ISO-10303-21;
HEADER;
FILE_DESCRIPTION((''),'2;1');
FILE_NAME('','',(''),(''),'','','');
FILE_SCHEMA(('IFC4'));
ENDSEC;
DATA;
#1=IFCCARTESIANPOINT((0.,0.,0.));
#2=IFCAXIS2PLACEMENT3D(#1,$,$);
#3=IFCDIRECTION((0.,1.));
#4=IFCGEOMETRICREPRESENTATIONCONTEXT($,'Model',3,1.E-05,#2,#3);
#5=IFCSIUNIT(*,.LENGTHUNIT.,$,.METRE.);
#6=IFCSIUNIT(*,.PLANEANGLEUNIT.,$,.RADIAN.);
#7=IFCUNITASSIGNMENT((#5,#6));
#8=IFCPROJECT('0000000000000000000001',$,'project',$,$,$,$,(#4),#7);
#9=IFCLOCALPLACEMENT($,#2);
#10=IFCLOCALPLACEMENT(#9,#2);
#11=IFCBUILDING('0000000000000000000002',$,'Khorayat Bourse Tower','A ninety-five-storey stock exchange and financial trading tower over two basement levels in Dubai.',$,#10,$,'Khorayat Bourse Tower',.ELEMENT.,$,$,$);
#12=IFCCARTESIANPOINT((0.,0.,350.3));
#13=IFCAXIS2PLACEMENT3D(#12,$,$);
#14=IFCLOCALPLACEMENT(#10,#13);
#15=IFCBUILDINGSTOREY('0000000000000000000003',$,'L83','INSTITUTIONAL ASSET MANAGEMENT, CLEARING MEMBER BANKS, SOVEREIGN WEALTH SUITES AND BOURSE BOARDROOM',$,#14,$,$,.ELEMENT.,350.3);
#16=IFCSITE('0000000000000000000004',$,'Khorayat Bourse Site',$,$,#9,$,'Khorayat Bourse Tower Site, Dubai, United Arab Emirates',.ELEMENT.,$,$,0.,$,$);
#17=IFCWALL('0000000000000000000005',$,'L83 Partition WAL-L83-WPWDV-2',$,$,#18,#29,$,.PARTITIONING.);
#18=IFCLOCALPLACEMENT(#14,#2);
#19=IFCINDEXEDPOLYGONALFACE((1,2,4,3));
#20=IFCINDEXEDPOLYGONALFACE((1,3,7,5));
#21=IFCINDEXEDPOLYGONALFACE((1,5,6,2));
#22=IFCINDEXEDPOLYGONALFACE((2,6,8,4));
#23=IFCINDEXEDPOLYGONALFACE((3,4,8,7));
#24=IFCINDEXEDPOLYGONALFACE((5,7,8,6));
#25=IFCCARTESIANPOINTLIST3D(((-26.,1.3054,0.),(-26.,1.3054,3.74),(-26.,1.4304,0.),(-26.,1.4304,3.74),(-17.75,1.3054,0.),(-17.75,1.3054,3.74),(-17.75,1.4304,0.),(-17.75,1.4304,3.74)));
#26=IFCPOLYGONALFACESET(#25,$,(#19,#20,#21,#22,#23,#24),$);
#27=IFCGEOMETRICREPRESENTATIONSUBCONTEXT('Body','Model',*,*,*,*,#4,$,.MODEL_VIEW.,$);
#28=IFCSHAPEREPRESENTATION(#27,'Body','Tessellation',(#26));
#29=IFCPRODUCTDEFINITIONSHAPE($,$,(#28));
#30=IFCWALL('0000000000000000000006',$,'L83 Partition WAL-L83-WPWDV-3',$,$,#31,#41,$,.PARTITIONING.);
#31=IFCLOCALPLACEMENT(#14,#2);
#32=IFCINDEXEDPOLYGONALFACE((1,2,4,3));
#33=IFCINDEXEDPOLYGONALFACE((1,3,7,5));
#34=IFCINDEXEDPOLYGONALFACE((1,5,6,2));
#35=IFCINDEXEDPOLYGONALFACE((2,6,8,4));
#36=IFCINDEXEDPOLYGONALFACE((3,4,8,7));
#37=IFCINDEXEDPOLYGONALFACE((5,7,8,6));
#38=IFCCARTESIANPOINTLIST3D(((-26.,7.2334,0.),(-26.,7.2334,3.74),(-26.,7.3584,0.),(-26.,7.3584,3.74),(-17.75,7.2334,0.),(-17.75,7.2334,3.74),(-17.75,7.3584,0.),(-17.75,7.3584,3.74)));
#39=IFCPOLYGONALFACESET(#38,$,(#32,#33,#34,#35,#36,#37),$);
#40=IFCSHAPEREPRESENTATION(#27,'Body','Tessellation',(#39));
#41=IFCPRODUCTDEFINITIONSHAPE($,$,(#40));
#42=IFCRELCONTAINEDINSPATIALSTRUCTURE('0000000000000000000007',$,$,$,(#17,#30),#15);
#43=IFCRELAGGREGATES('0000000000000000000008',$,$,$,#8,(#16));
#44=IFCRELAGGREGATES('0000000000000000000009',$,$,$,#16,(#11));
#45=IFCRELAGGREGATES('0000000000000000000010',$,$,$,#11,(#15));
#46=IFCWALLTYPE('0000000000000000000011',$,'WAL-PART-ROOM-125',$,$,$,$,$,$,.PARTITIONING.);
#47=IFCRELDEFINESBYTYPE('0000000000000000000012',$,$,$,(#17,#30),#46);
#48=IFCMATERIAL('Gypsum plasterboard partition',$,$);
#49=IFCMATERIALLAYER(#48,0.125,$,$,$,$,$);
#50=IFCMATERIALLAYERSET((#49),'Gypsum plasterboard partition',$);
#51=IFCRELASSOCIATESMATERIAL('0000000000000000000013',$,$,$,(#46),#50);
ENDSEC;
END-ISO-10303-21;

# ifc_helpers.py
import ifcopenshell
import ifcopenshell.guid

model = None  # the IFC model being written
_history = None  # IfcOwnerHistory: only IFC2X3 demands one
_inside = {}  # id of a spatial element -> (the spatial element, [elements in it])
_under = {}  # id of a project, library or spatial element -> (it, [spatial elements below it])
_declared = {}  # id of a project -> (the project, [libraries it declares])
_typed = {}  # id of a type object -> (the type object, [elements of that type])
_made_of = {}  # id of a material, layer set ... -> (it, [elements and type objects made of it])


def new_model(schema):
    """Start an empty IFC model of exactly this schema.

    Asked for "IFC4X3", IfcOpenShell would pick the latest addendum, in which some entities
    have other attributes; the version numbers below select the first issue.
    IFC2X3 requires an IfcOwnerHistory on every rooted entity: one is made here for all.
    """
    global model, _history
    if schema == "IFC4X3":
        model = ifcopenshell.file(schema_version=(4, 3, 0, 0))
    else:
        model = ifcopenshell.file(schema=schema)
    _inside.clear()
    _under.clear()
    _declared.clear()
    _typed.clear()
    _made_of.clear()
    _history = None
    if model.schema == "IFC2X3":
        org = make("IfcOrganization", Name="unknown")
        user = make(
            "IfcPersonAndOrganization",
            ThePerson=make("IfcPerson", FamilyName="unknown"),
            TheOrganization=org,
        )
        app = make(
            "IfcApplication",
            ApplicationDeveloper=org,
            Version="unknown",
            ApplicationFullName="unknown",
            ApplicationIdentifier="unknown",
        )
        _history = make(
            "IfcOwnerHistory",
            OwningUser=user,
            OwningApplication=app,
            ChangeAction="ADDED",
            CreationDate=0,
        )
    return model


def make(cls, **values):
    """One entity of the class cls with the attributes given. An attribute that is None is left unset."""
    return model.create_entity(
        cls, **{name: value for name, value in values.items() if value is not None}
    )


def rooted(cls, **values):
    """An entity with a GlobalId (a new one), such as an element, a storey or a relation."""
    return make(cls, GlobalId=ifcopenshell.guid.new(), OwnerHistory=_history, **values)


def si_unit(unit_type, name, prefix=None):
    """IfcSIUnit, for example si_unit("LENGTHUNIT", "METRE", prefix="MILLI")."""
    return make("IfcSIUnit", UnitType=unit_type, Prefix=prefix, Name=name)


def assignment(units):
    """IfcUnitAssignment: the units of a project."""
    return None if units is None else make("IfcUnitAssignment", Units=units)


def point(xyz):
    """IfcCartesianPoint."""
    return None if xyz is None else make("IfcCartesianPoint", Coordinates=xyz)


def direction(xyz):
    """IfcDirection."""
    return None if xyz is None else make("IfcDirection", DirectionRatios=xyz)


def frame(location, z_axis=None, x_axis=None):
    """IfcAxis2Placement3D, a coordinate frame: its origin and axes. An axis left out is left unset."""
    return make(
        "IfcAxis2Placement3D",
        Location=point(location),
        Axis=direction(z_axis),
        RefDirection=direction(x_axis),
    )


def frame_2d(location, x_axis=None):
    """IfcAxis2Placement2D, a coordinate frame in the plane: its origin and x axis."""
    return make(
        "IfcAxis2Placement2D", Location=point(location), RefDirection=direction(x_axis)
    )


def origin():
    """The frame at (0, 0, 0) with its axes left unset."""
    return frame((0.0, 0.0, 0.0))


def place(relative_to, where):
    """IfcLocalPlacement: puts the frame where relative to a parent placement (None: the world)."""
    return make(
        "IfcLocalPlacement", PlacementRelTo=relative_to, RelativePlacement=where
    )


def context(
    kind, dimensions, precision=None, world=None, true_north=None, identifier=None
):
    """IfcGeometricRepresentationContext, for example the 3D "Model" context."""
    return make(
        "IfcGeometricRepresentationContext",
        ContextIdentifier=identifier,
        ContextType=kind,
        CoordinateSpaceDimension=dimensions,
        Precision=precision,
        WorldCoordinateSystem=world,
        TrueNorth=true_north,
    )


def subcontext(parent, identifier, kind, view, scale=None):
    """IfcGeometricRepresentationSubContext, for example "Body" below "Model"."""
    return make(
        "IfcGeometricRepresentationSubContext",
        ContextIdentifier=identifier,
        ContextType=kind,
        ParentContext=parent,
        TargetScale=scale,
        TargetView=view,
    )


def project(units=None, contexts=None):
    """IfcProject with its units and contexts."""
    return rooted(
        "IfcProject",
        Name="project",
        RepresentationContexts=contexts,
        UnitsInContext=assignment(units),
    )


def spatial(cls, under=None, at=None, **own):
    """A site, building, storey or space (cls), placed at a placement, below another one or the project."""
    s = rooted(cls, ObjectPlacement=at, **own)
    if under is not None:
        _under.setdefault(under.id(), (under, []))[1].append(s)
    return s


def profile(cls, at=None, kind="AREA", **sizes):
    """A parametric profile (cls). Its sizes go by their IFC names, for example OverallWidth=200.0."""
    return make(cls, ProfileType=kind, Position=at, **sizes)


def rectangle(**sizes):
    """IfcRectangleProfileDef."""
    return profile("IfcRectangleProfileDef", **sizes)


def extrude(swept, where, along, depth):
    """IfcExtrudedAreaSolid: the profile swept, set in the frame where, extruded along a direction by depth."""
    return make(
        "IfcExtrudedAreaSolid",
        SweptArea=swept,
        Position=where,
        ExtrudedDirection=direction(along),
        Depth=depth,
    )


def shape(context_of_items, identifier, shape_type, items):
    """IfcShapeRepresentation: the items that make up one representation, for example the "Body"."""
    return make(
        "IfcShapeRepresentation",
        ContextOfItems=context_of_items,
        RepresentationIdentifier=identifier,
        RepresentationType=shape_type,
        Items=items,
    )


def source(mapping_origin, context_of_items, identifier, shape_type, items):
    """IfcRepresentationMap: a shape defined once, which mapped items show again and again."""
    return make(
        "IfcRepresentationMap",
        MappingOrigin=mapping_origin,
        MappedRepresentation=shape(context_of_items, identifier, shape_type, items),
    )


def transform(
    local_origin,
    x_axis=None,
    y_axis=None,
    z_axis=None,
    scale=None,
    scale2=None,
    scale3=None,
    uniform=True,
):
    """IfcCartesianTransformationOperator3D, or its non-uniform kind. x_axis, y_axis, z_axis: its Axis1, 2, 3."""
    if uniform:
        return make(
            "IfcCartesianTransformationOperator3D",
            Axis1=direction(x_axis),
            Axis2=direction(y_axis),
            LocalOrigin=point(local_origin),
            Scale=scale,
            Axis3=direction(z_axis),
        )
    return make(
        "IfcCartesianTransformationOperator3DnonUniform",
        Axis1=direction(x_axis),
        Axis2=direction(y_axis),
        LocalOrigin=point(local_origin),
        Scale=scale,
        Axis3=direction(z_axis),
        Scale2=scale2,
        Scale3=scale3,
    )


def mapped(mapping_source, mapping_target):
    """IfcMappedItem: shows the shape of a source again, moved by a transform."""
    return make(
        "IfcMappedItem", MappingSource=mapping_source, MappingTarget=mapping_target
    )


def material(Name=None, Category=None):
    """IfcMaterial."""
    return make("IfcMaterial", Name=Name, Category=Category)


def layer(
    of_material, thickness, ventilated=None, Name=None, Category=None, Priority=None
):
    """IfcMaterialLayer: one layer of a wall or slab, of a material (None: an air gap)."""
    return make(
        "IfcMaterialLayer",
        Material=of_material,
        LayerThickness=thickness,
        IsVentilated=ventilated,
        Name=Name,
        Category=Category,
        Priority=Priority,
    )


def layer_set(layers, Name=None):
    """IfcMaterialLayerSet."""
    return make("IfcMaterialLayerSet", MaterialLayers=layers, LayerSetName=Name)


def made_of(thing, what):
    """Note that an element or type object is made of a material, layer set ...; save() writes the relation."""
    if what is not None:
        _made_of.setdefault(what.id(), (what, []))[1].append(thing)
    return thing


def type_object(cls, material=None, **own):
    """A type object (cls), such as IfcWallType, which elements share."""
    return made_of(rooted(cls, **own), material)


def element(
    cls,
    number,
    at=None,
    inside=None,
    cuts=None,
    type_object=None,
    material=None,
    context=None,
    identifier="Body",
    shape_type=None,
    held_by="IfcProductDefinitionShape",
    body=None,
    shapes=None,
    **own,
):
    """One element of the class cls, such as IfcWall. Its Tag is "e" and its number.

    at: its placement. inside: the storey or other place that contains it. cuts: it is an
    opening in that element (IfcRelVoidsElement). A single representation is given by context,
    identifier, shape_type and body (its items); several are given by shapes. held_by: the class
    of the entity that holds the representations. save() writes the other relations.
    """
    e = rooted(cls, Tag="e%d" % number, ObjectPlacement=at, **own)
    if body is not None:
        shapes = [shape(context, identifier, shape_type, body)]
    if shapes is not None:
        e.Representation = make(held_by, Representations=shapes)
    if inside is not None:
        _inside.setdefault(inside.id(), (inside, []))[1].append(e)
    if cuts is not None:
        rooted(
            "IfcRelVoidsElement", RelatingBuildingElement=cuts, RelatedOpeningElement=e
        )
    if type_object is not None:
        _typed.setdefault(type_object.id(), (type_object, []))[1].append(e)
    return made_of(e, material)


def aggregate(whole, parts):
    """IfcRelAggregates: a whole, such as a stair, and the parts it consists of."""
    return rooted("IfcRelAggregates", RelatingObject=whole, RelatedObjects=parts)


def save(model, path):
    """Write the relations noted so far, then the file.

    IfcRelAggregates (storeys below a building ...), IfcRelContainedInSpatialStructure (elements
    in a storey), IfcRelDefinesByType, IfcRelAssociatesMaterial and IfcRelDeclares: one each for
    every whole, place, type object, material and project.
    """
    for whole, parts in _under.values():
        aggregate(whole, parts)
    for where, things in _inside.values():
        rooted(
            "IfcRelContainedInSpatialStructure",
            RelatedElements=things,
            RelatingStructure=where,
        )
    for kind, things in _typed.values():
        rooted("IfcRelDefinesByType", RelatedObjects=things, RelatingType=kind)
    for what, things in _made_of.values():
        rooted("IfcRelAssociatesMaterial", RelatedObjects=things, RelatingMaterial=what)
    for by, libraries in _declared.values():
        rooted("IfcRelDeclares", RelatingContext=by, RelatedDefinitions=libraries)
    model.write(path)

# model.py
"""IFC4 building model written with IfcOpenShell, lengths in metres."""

from ifc_helpers import new_model, si_unit, direction, frame, frame_2d, origin, place, context, subcontext, project, spatial, rectangle, extrude, source, transform, mapped, material, layer, layer_set, type_object, element, save


model = new_model("IFC4")

# Units and contexts
model_context = context("Model", 3, precision=1e-05, world=origin(), true_north=direction((0.0, 1.0)))
body_context = subcontext(model_context, "Body", "Model", "MODEL_VIEW")
ifc_project = project(units=[si_unit("LENGTHUNIT", "METRE"), si_unit("PLANEANGLEUNIT", "RADIAN")], contexts=[model_context])

# Site, building, storey
site_placement = place(None, origin())
site = spatial("IfcSite", under=ifc_project, at=site_placement, Name="Khorayat Bourse Site", LongName="Khorayat Bourse Tower Site, Dubai, United Arab Emirates", CompositionType="ELEMENT", RefElevation=0.0)
building_placement = place(site_placement, origin())
building = spatial("IfcBuilding", under=site, at=building_placement, Name="Khorayat Bourse Tower", Description="A ninety-five-storey stock exchange and financial trading tower over two basement levels in Dubai.", LongName="Khorayat Bourse Tower", CompositionType="ELEMENT")
storey_placement = place(building_placement, frame((0.0, 0.0, 350.3)))
storey = spatial("IfcBuildingStorey", under=building, at=storey_placement, Name="L83", Description="INSTITUTIONAL ASSET MANAGEMENT, CLEARING MEMBER BANKS, SOVEREIGN WEALTH SUITES AND BOURSE BOARDROOM", CompositionType="ELEMENT", Elevation=350.3)

# Walls
ifc_material_1 = material(Name="Gypsum plasterboard partition")
ifc_layer_1 = layer(ifc_material_1, 0.125)
ifc_layer_set_1 = layer_set([ifc_layer_1], Name="Gypsum plasterboard partition")
wall_type_1 = type_object("IfcWallType", Name="WAL-PART-ROOM-125", PredefinedType="PARTITIONING", material=ifc_layer_set_1)
shared_shape_1 = source(origin(), body_context, "Body", "SweptSolid", [
    extrude(rectangle(XDim=8.25, YDim=0.125, at=frame_2d((4.125, 0.0))), origin(), (0.0, 0.0, 1.0), 3.74),
])
for number, where, z_axis, x_axis, name in (
    (1, (-26.0, 1.3679, 0.0), (0.0, 0.0, 1.0), (1.0, 0.0, 0.0), "L83 Partition WAL-L83-WPWDV-2"),
    (2, (-26.0, 7.2959, 0.0), (0.0, 0.0, 1.0), (1.0, 0.0, 0.0), "L83 Partition WAL-L83-WPWDV-3"),
):
    element("IfcWall", number, at=place(storey_placement, frame(where, z_axis=z_axis, x_axis=x_axis)), inside=storey, type_object=wall_type_1, Name=name, PredefinedType="PARTITIONING", context=body_context, shape_type="MappedRepresentation", body=[
        mapped(shared_shape_1, transform((0.0, 0.0, 0.0), scale=1.0)),
    ])

save(model, "model.ifc")
